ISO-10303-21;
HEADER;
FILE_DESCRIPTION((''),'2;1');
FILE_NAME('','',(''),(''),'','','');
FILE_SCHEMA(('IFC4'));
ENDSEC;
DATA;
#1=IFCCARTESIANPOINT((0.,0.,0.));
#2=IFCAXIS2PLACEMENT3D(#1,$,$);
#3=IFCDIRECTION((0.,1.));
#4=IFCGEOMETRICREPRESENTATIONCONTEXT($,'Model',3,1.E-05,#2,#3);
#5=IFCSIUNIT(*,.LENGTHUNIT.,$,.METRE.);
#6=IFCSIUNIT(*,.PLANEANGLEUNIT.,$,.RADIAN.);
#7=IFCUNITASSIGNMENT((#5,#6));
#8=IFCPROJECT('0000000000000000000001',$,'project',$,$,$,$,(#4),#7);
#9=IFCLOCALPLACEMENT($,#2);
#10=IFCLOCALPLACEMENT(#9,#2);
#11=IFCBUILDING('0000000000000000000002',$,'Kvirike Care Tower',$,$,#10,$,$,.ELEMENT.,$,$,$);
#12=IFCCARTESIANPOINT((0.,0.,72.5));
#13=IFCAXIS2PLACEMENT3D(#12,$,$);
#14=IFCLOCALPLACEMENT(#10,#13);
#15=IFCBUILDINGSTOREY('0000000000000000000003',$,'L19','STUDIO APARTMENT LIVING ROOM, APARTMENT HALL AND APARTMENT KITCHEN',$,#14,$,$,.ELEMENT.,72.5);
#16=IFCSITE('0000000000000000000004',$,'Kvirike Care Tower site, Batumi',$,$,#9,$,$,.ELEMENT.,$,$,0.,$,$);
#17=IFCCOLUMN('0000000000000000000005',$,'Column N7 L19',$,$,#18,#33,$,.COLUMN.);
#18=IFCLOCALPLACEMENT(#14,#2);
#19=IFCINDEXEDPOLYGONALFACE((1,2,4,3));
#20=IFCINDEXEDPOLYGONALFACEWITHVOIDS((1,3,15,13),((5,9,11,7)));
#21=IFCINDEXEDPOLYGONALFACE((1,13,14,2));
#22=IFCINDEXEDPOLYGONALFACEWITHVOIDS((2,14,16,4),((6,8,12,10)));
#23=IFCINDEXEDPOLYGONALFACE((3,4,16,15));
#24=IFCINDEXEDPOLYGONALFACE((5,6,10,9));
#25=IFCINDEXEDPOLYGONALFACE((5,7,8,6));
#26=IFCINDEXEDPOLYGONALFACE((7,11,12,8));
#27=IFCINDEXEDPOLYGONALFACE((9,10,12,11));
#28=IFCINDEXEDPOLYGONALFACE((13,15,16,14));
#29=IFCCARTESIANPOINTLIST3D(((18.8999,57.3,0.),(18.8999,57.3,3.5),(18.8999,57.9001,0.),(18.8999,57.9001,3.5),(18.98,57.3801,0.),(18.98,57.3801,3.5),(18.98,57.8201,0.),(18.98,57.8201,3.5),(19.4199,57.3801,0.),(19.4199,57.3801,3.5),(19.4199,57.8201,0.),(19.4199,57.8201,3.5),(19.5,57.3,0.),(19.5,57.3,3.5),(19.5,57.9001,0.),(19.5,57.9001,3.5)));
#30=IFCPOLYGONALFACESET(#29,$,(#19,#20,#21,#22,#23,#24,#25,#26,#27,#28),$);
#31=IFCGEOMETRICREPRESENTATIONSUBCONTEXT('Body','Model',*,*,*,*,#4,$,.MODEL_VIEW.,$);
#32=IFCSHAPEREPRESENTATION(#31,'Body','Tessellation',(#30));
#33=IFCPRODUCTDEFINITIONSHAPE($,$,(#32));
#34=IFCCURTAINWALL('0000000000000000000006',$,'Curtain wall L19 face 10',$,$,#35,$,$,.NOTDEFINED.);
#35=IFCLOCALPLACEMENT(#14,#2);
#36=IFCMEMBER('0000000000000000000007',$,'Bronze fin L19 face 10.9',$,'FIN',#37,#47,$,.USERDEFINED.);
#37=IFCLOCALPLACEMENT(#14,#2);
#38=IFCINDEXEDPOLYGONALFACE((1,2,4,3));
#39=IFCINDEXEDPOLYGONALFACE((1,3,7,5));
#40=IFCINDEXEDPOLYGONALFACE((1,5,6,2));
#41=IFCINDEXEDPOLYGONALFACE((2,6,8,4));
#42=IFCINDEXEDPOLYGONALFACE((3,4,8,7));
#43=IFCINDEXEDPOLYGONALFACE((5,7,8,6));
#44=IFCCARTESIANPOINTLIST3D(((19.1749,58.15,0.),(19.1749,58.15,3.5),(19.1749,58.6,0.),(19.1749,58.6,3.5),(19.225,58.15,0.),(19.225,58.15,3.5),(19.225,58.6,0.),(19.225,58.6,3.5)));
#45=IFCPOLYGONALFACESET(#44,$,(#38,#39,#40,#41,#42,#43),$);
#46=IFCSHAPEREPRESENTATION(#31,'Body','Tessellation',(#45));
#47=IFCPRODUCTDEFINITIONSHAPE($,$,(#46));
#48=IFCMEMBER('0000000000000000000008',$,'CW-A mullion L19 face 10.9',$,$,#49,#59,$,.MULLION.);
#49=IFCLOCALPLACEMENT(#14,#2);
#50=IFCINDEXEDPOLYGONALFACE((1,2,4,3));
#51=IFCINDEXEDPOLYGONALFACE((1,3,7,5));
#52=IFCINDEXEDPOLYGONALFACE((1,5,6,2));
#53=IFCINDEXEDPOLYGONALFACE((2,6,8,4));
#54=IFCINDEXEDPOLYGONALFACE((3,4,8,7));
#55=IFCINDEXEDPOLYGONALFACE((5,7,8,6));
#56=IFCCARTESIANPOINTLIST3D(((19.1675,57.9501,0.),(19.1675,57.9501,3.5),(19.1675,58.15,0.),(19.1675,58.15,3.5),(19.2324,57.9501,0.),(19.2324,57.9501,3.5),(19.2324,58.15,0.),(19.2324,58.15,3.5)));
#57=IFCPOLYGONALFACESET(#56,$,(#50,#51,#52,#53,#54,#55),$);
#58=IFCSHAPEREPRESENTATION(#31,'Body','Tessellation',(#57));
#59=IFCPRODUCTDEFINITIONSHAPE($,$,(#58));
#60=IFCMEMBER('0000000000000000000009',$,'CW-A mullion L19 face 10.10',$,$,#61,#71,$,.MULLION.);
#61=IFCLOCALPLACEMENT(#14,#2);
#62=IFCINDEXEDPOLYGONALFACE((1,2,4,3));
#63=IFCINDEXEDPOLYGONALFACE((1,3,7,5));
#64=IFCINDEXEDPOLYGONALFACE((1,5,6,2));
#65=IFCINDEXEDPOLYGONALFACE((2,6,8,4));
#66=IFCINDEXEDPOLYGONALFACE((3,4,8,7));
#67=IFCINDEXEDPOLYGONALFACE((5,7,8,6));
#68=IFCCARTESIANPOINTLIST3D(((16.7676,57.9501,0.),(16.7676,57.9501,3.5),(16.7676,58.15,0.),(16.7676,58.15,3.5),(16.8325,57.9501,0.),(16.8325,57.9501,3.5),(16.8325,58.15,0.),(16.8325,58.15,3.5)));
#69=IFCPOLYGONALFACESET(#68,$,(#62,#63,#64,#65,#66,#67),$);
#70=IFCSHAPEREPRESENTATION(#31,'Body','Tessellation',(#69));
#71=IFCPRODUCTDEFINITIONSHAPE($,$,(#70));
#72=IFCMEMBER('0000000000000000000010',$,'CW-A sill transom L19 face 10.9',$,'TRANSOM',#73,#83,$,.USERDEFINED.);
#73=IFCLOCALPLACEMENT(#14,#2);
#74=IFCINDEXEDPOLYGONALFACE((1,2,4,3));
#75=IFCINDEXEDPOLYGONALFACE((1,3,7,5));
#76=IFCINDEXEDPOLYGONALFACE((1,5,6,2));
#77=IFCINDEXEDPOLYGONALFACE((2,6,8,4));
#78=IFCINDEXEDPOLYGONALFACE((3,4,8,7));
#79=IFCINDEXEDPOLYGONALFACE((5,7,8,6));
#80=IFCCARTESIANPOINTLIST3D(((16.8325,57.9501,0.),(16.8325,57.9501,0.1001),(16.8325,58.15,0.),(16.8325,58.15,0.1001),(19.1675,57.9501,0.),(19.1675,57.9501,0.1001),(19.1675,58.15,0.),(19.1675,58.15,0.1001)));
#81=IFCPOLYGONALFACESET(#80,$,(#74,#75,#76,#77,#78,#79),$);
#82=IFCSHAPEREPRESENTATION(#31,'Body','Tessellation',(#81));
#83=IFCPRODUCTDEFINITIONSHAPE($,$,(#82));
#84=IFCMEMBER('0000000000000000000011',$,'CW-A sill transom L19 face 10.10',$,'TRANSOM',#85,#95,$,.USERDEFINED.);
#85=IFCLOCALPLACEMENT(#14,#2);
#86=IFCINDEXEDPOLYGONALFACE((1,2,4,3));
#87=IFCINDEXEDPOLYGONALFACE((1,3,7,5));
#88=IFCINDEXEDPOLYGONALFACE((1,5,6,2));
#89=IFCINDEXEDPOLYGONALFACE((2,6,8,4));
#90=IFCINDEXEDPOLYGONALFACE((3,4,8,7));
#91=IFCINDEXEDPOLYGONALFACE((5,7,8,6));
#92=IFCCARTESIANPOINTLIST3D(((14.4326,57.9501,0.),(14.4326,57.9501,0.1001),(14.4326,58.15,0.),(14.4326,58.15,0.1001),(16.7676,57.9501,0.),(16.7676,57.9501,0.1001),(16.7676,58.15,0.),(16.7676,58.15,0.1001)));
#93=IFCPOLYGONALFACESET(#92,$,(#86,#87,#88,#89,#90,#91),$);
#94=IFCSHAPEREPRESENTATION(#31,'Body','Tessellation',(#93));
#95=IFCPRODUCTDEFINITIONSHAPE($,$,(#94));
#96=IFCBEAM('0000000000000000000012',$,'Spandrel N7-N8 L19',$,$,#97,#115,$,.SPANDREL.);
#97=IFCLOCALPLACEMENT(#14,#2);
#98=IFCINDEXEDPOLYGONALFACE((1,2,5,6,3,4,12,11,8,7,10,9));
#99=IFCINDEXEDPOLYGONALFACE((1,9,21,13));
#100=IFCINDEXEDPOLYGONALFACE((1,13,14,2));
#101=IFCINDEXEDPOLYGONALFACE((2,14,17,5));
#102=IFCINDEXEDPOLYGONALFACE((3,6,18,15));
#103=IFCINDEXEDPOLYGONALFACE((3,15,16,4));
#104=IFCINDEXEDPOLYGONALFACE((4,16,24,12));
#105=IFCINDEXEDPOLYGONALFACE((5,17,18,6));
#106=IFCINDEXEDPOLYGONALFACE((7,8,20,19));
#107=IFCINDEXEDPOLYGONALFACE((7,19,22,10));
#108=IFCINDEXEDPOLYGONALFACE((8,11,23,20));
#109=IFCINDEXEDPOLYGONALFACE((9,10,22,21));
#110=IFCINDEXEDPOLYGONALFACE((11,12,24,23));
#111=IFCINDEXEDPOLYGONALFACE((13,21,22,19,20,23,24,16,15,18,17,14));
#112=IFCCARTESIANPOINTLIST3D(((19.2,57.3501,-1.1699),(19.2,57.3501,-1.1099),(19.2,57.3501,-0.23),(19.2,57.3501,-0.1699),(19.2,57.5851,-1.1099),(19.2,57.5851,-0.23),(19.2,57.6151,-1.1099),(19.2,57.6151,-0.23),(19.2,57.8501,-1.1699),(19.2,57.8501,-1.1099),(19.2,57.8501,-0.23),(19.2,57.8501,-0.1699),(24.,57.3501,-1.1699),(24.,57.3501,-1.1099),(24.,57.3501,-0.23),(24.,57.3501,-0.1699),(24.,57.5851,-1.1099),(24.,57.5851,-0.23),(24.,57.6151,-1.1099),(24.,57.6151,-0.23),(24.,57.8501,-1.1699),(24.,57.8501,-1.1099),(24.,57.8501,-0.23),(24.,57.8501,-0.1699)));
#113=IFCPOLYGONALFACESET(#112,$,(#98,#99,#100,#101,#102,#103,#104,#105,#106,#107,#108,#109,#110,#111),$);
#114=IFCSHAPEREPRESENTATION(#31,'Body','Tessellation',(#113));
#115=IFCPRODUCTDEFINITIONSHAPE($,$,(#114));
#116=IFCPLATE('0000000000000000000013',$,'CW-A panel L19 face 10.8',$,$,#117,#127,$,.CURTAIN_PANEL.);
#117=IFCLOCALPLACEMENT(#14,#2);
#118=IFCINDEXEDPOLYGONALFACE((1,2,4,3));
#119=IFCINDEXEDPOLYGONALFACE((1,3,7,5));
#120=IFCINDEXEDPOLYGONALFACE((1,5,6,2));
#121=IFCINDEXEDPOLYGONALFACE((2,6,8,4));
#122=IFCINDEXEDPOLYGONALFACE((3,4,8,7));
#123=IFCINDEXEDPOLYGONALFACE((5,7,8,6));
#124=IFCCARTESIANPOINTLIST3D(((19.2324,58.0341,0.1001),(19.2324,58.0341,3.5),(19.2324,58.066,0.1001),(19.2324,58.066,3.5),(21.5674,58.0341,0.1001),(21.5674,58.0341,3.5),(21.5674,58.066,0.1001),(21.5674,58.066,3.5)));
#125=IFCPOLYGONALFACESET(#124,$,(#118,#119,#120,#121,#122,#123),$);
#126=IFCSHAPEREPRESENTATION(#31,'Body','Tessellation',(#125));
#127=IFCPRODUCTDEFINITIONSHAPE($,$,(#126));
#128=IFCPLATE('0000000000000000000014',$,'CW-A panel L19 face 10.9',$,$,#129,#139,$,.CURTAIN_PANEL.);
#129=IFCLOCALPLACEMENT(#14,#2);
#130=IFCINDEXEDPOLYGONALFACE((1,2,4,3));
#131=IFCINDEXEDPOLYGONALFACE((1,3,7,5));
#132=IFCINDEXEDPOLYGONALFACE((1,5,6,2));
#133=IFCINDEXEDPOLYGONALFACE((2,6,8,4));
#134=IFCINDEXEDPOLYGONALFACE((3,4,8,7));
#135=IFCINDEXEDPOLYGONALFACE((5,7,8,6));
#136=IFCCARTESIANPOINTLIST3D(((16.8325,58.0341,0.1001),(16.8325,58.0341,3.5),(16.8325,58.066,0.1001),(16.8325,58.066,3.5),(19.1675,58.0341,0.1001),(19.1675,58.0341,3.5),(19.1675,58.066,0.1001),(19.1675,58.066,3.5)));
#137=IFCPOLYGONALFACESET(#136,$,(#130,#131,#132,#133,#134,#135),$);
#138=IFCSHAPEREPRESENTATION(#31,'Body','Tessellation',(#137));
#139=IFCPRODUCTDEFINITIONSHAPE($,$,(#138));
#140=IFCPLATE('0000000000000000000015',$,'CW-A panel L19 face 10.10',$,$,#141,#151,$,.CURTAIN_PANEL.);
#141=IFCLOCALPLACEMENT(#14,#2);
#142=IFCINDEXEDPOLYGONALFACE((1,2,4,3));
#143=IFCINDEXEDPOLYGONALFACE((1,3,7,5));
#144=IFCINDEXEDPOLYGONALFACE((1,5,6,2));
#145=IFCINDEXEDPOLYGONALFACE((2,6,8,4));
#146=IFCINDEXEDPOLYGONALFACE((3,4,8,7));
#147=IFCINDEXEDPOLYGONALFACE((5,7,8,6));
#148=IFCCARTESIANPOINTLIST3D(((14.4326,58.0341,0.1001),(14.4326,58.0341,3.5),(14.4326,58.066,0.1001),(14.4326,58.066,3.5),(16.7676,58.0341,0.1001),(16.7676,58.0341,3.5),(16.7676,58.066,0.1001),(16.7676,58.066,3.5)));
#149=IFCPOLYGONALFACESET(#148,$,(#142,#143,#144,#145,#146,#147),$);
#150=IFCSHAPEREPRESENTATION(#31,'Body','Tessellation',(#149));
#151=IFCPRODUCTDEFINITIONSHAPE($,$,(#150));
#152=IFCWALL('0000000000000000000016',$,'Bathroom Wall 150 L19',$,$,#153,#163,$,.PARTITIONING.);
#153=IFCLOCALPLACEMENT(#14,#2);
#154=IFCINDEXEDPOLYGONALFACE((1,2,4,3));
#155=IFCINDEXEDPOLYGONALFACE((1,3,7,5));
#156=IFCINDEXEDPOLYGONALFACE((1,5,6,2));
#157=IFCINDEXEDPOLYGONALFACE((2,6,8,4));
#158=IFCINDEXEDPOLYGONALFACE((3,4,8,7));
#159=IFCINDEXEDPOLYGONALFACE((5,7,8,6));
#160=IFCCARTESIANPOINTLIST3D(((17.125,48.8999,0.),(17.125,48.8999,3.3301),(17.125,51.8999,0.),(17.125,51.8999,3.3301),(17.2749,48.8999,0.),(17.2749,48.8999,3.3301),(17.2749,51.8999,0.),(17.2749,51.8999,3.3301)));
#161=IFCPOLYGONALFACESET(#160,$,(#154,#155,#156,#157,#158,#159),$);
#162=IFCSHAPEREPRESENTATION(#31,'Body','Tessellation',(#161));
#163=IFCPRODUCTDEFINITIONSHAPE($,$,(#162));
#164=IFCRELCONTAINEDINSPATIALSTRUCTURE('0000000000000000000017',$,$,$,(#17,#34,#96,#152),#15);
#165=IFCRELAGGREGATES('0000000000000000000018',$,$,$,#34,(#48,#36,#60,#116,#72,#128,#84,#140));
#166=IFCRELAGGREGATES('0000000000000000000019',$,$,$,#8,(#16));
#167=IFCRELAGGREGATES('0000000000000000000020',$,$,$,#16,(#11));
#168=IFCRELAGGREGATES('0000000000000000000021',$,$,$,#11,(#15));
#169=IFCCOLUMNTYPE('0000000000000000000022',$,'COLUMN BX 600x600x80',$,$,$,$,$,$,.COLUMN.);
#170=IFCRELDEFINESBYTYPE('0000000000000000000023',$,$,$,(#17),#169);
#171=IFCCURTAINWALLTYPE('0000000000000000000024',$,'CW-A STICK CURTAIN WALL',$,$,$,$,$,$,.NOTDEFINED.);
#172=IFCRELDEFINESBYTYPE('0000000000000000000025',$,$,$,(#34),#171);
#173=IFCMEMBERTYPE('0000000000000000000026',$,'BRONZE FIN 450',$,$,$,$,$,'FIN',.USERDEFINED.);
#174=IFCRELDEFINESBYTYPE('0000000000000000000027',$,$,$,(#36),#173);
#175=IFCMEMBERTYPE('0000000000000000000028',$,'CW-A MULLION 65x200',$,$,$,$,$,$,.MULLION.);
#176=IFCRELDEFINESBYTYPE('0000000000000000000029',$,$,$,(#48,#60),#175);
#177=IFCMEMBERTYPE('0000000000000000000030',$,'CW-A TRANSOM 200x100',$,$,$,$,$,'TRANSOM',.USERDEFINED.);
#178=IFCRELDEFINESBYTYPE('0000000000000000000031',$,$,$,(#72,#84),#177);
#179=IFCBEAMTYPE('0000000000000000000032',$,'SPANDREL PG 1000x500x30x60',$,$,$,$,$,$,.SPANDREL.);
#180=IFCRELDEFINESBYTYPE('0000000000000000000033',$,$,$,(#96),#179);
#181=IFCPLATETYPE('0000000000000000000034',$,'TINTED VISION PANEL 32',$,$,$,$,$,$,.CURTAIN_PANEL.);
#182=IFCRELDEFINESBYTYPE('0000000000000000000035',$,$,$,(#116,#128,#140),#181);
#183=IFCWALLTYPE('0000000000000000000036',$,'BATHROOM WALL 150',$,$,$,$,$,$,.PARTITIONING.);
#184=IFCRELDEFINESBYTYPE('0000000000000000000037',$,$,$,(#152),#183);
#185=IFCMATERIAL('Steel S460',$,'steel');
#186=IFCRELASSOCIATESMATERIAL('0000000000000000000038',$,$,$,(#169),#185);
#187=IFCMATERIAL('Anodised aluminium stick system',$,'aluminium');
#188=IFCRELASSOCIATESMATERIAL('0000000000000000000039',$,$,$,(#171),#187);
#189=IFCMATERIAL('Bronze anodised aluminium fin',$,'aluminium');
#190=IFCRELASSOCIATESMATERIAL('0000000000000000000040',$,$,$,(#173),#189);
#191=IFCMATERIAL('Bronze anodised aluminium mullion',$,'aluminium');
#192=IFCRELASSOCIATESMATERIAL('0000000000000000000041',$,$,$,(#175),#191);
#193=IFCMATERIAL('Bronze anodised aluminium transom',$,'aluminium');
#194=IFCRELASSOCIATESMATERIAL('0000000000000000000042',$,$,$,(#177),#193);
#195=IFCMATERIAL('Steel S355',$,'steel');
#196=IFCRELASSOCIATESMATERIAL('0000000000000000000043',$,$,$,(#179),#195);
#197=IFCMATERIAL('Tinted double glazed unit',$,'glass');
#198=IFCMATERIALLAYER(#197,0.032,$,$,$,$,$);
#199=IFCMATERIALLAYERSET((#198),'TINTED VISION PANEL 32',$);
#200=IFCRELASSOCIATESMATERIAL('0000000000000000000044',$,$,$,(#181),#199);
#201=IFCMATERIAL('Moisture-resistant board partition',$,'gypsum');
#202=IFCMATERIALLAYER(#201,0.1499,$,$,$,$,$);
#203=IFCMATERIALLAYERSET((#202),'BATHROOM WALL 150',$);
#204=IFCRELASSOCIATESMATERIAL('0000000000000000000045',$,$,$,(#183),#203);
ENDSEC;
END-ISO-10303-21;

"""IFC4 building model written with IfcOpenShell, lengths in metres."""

from ifc_helpers import new_model, si_unit, direction, frame, frame_2d, origin, origin_2d, place, context, subcontext, project, spatial, rectangle, hollow_rectangle, i_section, extrude, material, layer, layer_set, material_profile, profile_set, type_object, element, aggregate, save


model = new_model("IFC4")

# Units and contexts
model_context = context("Model", 3, precision=1e-05, world=origin(), true_north=direction((0.0, 1.0)))
body_context = subcontext(model_context, "Body", "Model", "MODEL_VIEW")
ifc_project = project(units=[si_unit("LENGTHUNIT", "METRE"), si_unit("PLANEANGLEUNIT", "RADIAN")], contexts=[model_context])

# Site, building, storey
site_placement = place(None, origin())
site = spatial("IfcSite", under=ifc_project, at=site_placement, Name="Kvirike Care Tower site, Batumi", CompositionType="ELEMENT", RefElevation=0.0)
building_placement = place(site_placement, origin())
building = spatial("IfcBuilding", under=site, at=building_placement, Name="Kvirike Care Tower", CompositionType="ELEMENT")
storey_placement = place(building_placement, frame((0.0, 0.0, 72.5)))
storey = spatial("IfcBuildingStorey", under=building, at=storey_placement, Name="L19", Description="STUDIO APARTMENT LIVING ROOM, APARTMENT HALL AND APARTMENT KITCHEN", CompositionType="ELEMENT", Elevation=72.5)

# Column
ifc_material_1 = material(Name="Steel S460", Category="steel")
ifc_material_profile_1 = material_profile(ifc_material_1, hollow_rectangle(XDim=0.6001, YDim=0.6001, WallThickness=0.0801, at=origin_2d()), Name="BX 600x600x80")
ifc_profile_set_1 = profile_set([ifc_material_profile_1], Name="Steel S460")
column_type = type_object("IfcColumnType", Name="COLUMN BX 600x600x80", PredefinedType="COLUMN", material=ifc_profile_set_1)
column_placement = place(storey_placement, frame((19.2, 57.6001, 0.0), z_axis=(0.0, 0.0, 1.0), x_axis=(0.0, 1.0, 0.0)))
element("IfcColumn", 1, at=column_placement, inside=storey, type_object=column_type, Name="Column N7 L19", PredefinedType="COLUMN", context=body_context, shape_type="SweptSolid", body=[
    extrude(hollow_rectangle(XDim=0.6001, YDim=0.6001, WallThickness=0.0801, at=origin_2d()), origin(), (0.0, 0.0, 1.0), 3.5),
])

# Curtain wall, members
ifc_material_2 = material(Name="Anodised aluminium stick system", Category="aluminium")
curtain_wall_type = type_object("IfcCurtainWallType", Name="CW-A STICK CURTAIN WALL", PredefinedType="NOTDEFINED", material=ifc_material_2)
curtain_wall_placement = place(storey_placement, origin())
curtain_wall = element("IfcCurtainWall", 2, at=curtain_wall_placement, inside=storey, type_object=curtain_wall_type, Name="Curtain wall L19 face 10", PredefinedType="NOTDEFINED")
ifc_material_3 = material(Name="Bronze anodised aluminium fin", Category="aluminium")
ifc_material_profile_2 = material_profile(ifc_material_3, rectangle(XDim=0.05, YDim=0.45, at=origin_2d()), Name="BRONZE FIN 450")
ifc_profile_set_2 = profile_set([ifc_material_profile_2], Name="Bronze anodised aluminium fin")
member_type_1 = type_object("IfcMemberType", Name="BRONZE FIN 450", ElementType="FIN", PredefinedType="USERDEFINED", material=ifc_profile_set_2)
member_1_placement = place(storey_placement, frame((19.2, 58.375, 0.0), z_axis=(0.0, 0.0, 1.0), x_axis=(-1.0, 0.0, 0.0)))
member_1 = element("IfcMember", 3, at=member_1_placement, type_object=member_type_1, Name="Bronze fin L19 face 10.9", ObjectType="FIN", PredefinedType="USERDEFINED", context=body_context, shape_type="SweptSolid", body=[
    extrude(rectangle(XDim=0.05, YDim=0.45, at=origin_2d()), origin(), (0.0, 0.0, 1.0), 3.5),
])
ifc_material_4 = material(Name="Bronze anodised aluminium mullion", Category="aluminium")
ifc_material_profile_3 = material_profile(ifc_material_4, rectangle(XDim=0.0649, YDim=0.2, at=origin_2d()), Name="CW-A MULLION 65x200")
ifc_profile_set_3 = profile_set([ifc_material_profile_3], Name="Bronze anodised aluminium mullion")
member_type_2 = type_object("IfcMemberType", Name="CW-A MULLION 65x200", PredefinedType="MULLION", material=ifc_profile_set_3)
member_2_placement = place(storey_placement, frame((19.2, 58.05, 0.0), z_axis=(0.0, 0.0, 1.0), x_axis=(-1.0, 0.0, 0.0)))
member_2 = element("IfcMember", 4, at=member_2_placement, type_object=member_type_2, Name="CW-A mullion L19 face 10.9", PredefinedType="MULLION", context=body_context, shape_type="SweptSolid", body=[
    extrude(rectangle(XDim=0.0649, YDim=0.2, at=origin_2d()), origin(), (0.0, 0.0, 1.0), 3.5),
])
member_3_placement = place(storey_placement, frame((16.8, 58.05, 0.0), z_axis=(0.0, 0.0, 1.0), x_axis=(-1.0, 0.0, 0.0)))
member_3 = element("IfcMember", 5, at=member_3_placement, type_object=member_type_2, Name="CW-A mullion L19 face 10.10", PredefinedType="MULLION", context=body_context, shape_type="SweptSolid", body=[
    extrude(rectangle(XDim=0.0649, YDim=0.2, at=origin_2d()), origin(), (0.0, 0.0, 1.0), 3.5),
])
ifc_material_5 = material(Name="Bronze anodised aluminium transom", Category="aluminium")
ifc_material_profile_4 = material_profile(ifc_material_5, rectangle(XDim=0.2, YDim=0.1001, at=origin_2d()), Name="CW-A TRANSOM 200x100")
ifc_profile_set_4 = profile_set([ifc_material_profile_4], Name="Bronze anodised aluminium transom")
member_type_3 = type_object("IfcMemberType", Name="CW-A TRANSOM 200x100", ElementType="TRANSOM", PredefinedType="USERDEFINED", material=ifc_profile_set_4)
member_4_placement = place(storey_placement, frame((19.1675, 58.05, 0.05), z_axis=(-1.0, 0.0, 0.0), x_axis=(0.0, -1.0, 0.0)))
member_4 = element("IfcMember", 6, at=member_4_placement, type_object=member_type_3, Name="CW-A sill transom L19 face 10.9", ObjectType="TRANSOM", PredefinedType="USERDEFINED", context=body_context, shape_type="SweptSolid", body=[
    extrude(rectangle(XDim=0.2, YDim=0.1001, at=origin_2d()), origin(), (0.0, 0.0, 1.0), 2.335),
])
member_5_placement = place(storey_placement, frame((16.7676, 58.05, 0.05), z_axis=(-1.0, 0.0, 0.0), x_axis=(0.0, -1.0, 0.0)))
member_5 = element("IfcMember", 7, at=member_5_placement, type_object=member_type_3, Name="CW-A sill transom L19 face 10.10", ObjectType="TRANSOM", PredefinedType="USERDEFINED", context=body_context, shape_type="SweptSolid", body=[
    extrude(rectangle(XDim=0.2, YDim=0.1001, at=origin_2d()), origin(), (0.0, 0.0, 1.0), 2.335),
])

# Beam
ifc_material_6 = material(Name="Steel S355", Category="steel")
ifc_material_profile_5 = material_profile(ifc_material_6, i_section(OverallWidth=0.5, OverallDepth=1.0, WebThickness=0.03, FlangeThickness=0.0601, at=origin_2d()), Name="PG 1000x500x30x60")
ifc_profile_set_5 = profile_set([ifc_material_profile_5], Name="Steel S355")
beam_type = type_object("IfcBeamType", Name="SPANDREL PG 1000x500x30x60", PredefinedType="SPANDREL", material=ifc_profile_set_5)
beam_placement = place(storey_placement, frame((19.2, 57.6001, -0.6699), z_axis=(1.0, 0.0, 0.0), x_axis=(0.0, 1.0, 0.0)))
element("IfcBeam", 8, at=beam_placement, inside=storey, type_object=beam_type, Name="Spandrel N7-N8 L19", PredefinedType="SPANDREL", context=body_context, shape_type="SweptSolid", body=[
    extrude(i_section(OverallWidth=0.5, OverallDepth=1.0, WebThickness=0.03, FlangeThickness=0.0601, at=origin_2d()), origin(), (0.0, 0.0, 1.0), 4.8),
])

# Plates
ifc_material_7 = material(Name="Tinted double glazed unit", Category="glass")
ifc_layer_1 = layer(ifc_material_7, 0.032)
ifc_layer_set_1 = layer_set([ifc_layer_1], Name="TINTED VISION PANEL 32")
plate_type = type_object("IfcPlateType", Name="TINTED VISION PANEL 32", PredefinedType="CURTAIN_PANEL", material=ifc_layer_set_1)
plate_1_placement = place(storey_placement, frame((20.3999, 58.05, 0.1001), z_axis=(0.0, 0.0, 1.0), x_axis=(-1.0, 0.0, 0.0)))
plate_1 = element("IfcPlate", 9, at=plate_1_placement, type_object=plate_type, Name="CW-A panel L19 face 10.8", PredefinedType="CURTAIN_PANEL", context=body_context, shape_type="SweptSolid", body=[
    extrude(rectangle(XDim=2.335, YDim=0.032, at=origin_2d()), origin(), (0.0, 0.0, 1.0), 3.3999),
])
plate_2_placement = place(storey_placement, frame((18.0, 58.05, 0.1001), z_axis=(0.0, 0.0, 1.0), x_axis=(-1.0, 0.0, 0.0)))
plate_2 = element("IfcPlate", 10, at=plate_2_placement, type_object=plate_type, Name="CW-A panel L19 face 10.9", PredefinedType="CURTAIN_PANEL", context=body_context, shape_type="SweptSolid", body=[
    extrude(rectangle(XDim=2.335, YDim=0.032, at=origin_2d()), origin(), (0.0, 0.0, 1.0), 3.3999),
])
plate_3_placement = place(storey_placement, frame((15.6001, 58.05, 0.1001), z_axis=(0.0, 0.0, 1.0), x_axis=(-1.0, 0.0, 0.0)))
plate_3 = element("IfcPlate", 11, at=plate_3_placement, type_object=plate_type, Name="CW-A panel L19 face 10.10", PredefinedType="CURTAIN_PANEL", context=body_context, shape_type="SweptSolid", body=[
    extrude(rectangle(XDim=2.335, YDim=0.032, at=origin_2d()), origin(), (0.0, 0.0, 1.0), 3.3999),
])
aggregate(curtain_wall, [member_2, member_1, member_3, plate_1, member_4, plate_2, member_5, plate_3])

# Wall
ifc_material_8 = material(Name="Moisture-resistant board partition", Category="gypsum")
ifc_layer_2 = layer(ifc_material_8, 0.1499)
ifc_layer_set_2 = layer_set([ifc_layer_2], Name="BATHROOM WALL 150")
wall_type_1 = type_object("IfcWallType", Name="BATHROOM WALL 150", PredefinedType="PARTITIONING", material=ifc_layer_set_2)
wall_1_placement = place(storey_placement, frame((17.2, 51.8999, 0.0), z_axis=(0.0, 0.0, 1.0), x_axis=(0.0, -1.0, 0.0)))
element("IfcWall", 12, at=wall_1_placement, inside=storey, type_object=wall_type_1, Name="Bathroom Wall 150 L19", PredefinedType="PARTITIONING", context=body_context, shape_type="SweptSolid", body=[
    extrude(rectangle(XDim=3.0, YDim=0.1499, at=frame_2d((1.5, 0.0))), origin(), (0.0, 0.0, 1.0), 3.3301),
])

save(model, "model.ifc")
